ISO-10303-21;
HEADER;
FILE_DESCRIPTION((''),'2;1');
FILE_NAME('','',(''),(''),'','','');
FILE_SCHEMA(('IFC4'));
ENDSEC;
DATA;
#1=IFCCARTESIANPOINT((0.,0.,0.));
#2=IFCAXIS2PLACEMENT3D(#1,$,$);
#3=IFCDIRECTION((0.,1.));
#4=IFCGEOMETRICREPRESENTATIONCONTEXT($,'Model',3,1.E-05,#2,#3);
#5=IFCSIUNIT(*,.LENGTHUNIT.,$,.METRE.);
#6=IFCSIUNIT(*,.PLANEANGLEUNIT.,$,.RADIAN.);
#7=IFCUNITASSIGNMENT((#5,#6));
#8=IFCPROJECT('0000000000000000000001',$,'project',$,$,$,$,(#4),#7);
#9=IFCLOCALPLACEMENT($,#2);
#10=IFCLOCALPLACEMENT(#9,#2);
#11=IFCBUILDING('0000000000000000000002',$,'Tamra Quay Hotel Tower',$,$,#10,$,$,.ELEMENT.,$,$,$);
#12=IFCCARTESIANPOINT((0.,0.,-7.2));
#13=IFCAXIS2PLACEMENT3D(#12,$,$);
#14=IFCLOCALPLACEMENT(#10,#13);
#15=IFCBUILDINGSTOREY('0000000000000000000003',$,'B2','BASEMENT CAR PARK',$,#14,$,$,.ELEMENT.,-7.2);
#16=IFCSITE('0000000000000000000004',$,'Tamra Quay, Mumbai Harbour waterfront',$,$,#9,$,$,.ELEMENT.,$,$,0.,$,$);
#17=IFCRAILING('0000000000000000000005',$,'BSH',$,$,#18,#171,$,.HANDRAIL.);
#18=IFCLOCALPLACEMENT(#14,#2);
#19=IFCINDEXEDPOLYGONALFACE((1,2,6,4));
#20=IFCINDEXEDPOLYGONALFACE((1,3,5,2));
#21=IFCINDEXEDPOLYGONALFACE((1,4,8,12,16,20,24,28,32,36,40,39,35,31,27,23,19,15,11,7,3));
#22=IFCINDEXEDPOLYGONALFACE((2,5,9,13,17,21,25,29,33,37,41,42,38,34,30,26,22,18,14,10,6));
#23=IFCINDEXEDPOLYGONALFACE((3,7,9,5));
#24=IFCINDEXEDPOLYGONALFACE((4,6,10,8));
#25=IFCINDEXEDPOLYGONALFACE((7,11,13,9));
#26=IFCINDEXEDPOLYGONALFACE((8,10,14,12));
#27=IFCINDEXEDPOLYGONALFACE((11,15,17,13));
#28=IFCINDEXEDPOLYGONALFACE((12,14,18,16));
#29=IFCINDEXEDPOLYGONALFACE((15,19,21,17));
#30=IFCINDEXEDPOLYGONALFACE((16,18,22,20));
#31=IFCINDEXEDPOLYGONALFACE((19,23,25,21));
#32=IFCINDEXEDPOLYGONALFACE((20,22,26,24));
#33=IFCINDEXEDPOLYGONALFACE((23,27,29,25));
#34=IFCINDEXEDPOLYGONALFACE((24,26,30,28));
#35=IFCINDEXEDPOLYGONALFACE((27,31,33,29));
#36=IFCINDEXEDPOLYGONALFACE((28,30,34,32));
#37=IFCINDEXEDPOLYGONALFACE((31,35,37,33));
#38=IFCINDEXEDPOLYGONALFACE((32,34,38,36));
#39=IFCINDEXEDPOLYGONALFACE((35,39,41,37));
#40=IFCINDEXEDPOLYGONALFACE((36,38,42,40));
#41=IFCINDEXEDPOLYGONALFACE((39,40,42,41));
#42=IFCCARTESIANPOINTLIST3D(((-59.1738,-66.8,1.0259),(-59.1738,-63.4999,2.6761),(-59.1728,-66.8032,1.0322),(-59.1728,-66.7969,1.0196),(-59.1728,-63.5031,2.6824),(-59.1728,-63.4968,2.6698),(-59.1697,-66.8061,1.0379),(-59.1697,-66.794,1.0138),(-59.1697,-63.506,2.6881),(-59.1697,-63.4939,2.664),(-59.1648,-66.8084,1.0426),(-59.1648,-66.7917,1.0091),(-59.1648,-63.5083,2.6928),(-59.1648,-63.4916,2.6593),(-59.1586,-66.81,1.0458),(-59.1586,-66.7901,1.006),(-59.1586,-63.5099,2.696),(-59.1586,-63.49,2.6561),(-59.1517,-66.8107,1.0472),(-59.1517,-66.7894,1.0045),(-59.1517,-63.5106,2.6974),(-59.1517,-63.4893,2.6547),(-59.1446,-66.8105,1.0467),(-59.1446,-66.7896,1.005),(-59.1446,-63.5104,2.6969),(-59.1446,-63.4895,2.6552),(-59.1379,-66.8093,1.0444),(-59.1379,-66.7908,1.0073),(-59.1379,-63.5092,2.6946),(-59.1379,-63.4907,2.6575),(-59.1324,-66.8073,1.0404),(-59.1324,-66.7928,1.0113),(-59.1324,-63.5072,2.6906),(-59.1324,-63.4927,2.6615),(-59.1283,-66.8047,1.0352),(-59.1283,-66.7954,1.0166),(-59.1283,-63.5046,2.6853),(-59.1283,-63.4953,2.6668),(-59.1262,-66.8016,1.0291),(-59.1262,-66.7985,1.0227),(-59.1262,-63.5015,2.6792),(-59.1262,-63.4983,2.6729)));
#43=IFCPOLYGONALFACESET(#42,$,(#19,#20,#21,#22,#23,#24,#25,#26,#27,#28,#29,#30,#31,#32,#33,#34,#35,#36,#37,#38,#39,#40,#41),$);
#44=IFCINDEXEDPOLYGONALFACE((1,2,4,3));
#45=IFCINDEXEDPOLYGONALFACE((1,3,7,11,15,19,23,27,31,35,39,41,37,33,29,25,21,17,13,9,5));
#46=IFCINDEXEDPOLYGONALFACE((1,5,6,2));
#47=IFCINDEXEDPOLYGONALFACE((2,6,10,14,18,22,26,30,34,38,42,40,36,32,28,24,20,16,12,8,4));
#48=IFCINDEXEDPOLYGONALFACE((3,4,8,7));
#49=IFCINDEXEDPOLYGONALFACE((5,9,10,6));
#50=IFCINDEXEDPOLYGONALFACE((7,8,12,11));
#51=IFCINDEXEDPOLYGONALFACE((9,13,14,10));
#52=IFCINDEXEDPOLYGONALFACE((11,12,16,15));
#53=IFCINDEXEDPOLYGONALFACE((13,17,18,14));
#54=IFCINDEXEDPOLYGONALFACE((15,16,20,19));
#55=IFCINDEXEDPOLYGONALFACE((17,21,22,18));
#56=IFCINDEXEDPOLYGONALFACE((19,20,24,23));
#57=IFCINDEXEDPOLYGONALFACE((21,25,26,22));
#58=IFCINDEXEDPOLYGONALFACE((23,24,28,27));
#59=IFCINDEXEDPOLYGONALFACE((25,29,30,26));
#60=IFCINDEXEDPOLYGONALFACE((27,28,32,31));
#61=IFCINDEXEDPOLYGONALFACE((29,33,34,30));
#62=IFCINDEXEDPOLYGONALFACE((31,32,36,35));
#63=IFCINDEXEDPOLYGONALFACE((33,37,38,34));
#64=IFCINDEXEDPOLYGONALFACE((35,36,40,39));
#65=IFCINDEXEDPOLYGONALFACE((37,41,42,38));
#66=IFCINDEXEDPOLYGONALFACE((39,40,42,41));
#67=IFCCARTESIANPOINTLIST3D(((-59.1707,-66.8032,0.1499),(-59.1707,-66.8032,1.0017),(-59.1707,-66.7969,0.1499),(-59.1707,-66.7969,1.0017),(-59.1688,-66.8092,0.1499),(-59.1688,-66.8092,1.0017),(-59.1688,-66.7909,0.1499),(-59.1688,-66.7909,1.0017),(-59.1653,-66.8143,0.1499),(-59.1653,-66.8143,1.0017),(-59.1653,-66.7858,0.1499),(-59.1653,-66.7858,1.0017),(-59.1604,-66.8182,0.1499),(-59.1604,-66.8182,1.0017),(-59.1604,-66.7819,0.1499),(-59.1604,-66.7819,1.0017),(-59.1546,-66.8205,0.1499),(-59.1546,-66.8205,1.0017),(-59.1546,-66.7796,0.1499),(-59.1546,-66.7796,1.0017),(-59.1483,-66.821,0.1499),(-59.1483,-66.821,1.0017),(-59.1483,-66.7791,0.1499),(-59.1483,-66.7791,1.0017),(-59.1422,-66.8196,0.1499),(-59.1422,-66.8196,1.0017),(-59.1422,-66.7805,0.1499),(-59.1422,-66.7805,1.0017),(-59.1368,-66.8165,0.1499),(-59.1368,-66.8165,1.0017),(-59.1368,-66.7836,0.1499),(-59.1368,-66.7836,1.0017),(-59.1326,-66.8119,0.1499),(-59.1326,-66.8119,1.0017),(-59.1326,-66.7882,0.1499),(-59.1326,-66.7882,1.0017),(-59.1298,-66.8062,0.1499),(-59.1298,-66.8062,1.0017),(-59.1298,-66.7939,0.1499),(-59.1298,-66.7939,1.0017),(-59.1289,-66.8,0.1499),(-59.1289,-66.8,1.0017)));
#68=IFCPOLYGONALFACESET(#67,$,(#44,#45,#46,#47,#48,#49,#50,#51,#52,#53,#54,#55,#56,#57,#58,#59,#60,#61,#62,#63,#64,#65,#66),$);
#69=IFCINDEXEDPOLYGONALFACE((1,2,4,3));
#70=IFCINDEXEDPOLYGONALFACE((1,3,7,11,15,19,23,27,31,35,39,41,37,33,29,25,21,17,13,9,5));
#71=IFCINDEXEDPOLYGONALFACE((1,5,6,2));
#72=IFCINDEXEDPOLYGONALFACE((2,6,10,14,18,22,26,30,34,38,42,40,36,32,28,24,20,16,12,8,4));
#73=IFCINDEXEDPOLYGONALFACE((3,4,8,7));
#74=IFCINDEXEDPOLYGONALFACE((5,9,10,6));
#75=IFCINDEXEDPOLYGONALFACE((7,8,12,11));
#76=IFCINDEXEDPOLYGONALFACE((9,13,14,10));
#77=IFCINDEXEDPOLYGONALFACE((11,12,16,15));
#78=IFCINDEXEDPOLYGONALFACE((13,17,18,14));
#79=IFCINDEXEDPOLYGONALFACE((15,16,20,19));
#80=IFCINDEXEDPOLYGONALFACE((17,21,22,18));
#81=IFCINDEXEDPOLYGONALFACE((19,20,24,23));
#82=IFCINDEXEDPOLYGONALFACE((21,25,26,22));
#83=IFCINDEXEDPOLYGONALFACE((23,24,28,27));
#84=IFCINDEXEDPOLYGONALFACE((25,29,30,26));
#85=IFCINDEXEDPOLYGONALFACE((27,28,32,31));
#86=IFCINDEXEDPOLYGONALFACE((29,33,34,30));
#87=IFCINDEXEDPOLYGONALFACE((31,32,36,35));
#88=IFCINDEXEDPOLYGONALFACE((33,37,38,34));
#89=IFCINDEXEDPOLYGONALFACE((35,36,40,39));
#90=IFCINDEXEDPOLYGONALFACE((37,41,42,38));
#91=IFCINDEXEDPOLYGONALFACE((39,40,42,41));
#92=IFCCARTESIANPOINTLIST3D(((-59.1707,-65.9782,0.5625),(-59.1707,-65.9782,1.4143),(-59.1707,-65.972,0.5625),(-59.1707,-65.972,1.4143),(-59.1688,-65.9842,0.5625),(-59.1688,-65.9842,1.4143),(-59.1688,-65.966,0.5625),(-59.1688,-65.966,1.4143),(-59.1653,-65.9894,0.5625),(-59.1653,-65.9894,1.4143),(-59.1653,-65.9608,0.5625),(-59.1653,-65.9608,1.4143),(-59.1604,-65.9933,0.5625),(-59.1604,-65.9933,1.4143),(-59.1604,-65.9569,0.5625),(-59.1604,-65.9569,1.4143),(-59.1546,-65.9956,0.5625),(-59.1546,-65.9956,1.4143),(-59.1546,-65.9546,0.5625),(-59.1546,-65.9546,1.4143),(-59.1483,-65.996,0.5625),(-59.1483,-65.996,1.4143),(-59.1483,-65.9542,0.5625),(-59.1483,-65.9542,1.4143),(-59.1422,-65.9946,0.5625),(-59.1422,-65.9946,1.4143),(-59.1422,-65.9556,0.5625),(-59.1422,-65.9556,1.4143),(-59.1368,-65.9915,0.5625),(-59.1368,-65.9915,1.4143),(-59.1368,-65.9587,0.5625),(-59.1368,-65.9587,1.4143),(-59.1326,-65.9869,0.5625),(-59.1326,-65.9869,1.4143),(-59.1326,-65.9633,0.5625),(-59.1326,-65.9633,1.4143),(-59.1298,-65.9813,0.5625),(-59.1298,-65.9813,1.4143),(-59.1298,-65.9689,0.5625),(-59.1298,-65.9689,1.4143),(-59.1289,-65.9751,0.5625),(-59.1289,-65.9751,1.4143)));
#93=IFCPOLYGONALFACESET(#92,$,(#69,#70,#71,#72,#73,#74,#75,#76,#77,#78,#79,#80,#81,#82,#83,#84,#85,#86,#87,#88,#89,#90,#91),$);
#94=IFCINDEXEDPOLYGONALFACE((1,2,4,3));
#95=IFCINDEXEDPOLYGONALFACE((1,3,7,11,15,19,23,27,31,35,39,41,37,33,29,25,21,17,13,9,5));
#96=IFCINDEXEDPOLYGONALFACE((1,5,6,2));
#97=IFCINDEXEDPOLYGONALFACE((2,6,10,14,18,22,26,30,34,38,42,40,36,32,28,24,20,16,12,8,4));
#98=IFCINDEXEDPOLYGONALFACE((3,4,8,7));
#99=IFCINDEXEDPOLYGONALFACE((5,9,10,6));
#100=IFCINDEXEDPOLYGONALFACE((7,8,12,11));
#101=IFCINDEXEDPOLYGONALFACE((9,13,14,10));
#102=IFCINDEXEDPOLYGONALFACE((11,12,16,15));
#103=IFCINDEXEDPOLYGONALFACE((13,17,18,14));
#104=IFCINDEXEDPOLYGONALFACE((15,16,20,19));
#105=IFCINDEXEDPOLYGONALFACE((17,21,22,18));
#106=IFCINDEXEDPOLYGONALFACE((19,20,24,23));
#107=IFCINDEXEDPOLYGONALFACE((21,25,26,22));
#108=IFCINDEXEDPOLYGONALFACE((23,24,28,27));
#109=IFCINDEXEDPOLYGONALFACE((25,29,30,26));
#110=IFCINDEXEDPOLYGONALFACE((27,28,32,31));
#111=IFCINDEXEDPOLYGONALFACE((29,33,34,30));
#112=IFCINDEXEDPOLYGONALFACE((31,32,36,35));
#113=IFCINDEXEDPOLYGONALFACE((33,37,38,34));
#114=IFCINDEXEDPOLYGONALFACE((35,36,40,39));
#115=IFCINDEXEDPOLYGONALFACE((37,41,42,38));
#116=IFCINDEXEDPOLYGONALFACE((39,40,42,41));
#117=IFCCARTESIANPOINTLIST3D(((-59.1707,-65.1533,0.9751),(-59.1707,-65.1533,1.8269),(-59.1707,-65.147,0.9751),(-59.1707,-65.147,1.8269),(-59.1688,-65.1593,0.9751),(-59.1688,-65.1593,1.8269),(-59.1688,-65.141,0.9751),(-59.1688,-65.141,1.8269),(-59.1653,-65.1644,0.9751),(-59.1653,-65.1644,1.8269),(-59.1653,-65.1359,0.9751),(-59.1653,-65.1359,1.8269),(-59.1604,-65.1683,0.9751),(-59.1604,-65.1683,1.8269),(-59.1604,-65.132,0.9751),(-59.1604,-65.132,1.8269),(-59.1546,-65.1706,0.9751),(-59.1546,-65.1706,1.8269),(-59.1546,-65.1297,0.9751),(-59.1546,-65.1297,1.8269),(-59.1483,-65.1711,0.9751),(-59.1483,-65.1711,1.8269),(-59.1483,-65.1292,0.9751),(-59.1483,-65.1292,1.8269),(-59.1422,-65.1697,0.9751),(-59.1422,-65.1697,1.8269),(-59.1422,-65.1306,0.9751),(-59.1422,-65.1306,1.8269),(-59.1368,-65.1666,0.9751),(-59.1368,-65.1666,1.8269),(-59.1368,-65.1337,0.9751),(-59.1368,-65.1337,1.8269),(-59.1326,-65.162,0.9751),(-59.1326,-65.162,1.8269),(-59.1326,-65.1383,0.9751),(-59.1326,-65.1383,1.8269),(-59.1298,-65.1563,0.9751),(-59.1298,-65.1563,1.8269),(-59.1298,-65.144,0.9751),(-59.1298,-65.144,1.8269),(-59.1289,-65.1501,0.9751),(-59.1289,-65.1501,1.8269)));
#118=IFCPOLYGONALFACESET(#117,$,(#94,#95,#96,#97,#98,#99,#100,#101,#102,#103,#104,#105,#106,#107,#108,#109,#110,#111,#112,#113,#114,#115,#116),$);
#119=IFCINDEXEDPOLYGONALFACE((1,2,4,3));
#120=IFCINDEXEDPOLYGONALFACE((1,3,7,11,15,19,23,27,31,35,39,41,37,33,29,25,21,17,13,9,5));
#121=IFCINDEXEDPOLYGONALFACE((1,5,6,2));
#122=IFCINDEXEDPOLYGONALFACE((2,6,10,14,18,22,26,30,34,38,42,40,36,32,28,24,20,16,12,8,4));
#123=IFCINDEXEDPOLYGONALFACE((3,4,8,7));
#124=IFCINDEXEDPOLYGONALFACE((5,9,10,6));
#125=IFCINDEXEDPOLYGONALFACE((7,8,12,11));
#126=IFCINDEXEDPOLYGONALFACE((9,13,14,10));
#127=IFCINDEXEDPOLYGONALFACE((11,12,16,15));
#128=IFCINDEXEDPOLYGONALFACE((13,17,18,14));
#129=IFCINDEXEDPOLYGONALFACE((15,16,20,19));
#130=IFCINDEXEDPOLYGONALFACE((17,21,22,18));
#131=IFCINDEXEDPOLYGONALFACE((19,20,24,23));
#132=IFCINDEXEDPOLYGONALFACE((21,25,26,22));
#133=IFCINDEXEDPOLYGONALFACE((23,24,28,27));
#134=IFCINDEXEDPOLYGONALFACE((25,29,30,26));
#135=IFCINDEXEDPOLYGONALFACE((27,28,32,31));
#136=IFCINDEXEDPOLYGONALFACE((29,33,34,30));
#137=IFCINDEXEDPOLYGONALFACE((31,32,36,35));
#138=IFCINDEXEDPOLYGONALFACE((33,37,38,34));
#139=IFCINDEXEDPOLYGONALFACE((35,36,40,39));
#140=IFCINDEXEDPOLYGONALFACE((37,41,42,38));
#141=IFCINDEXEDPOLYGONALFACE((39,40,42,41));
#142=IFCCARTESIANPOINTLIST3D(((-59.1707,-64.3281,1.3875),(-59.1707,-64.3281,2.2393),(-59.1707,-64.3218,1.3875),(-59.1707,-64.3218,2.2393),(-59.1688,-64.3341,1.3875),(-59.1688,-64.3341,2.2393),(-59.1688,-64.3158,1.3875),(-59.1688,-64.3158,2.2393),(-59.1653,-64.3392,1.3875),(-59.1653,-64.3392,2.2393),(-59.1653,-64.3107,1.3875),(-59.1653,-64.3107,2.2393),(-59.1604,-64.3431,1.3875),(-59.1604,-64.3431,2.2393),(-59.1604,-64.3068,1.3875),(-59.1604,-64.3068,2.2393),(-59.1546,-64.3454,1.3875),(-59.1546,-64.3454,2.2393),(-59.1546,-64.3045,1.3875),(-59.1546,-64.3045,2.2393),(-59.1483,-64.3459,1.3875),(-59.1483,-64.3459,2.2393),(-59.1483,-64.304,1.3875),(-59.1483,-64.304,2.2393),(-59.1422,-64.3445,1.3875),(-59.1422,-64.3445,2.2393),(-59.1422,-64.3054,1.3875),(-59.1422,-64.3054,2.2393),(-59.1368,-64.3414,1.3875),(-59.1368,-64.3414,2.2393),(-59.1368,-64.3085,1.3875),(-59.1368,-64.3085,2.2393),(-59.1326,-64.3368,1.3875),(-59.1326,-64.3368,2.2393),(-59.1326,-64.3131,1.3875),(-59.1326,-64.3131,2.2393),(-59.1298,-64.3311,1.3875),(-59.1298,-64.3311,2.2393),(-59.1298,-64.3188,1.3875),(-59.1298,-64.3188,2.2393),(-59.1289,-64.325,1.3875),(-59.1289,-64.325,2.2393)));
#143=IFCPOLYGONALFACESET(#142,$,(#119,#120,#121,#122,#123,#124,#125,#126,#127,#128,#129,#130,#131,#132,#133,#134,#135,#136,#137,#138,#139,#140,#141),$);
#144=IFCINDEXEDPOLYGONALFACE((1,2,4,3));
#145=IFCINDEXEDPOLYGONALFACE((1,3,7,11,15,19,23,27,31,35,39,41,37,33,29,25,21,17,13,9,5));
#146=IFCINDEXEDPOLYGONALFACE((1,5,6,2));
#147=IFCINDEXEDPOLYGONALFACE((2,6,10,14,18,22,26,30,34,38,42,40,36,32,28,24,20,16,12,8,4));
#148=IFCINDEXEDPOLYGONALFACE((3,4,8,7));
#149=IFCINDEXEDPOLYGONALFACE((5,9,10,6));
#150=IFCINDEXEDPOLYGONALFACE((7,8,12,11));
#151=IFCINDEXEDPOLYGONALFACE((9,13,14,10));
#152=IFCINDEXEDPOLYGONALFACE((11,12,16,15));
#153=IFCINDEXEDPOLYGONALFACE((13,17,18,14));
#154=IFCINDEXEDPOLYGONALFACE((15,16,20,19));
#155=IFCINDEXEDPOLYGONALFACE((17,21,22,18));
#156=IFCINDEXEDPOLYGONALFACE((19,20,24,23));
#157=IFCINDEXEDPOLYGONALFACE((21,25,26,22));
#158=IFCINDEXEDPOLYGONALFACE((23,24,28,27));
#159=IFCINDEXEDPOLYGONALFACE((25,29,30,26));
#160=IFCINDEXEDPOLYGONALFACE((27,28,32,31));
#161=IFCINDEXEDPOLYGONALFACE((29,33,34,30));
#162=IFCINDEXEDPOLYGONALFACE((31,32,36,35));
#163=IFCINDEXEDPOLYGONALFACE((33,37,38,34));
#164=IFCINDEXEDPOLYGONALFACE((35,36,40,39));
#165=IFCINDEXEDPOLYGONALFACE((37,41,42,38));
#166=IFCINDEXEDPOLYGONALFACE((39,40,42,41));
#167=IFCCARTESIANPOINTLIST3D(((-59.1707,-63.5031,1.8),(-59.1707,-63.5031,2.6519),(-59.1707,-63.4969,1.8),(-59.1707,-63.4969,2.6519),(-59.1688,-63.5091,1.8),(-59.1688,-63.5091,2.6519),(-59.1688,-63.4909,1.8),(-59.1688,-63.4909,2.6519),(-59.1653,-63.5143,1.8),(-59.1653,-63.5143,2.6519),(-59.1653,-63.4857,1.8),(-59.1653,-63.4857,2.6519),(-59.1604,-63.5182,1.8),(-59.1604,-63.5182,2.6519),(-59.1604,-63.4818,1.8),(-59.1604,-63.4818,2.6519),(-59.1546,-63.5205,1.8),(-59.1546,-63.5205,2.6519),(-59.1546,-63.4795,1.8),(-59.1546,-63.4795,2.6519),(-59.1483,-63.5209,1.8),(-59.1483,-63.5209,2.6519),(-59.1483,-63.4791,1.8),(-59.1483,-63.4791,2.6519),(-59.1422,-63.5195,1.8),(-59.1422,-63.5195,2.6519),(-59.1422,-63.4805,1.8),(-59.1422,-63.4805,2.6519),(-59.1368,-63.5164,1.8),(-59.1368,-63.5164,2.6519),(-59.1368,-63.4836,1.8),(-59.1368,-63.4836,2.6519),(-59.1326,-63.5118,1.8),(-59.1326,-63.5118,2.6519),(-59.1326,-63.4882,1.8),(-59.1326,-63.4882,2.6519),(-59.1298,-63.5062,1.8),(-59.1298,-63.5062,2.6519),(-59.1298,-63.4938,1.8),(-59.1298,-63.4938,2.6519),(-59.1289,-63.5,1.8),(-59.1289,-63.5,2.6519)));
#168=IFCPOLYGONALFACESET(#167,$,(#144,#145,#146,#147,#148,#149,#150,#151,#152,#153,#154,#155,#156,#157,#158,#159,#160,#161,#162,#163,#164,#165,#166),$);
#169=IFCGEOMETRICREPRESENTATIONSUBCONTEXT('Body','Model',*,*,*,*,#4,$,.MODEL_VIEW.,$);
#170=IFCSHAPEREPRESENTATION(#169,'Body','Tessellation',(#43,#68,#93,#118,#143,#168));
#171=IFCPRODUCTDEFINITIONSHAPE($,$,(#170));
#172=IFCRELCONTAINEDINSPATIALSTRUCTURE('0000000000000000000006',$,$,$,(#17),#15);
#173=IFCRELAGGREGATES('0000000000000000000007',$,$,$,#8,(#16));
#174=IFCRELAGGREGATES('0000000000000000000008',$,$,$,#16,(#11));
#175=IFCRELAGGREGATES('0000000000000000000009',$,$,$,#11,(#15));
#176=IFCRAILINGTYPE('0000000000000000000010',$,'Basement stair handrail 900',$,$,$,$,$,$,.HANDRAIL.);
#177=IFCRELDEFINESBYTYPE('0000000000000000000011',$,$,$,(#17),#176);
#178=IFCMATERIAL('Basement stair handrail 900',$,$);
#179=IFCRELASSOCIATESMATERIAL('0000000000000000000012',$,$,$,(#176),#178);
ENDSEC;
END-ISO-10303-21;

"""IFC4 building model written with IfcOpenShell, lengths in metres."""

from ifc_helpers import new_model, si_unit, direction, frame, origin, origin_2d, place, context, subcontext, project, spatial, circle, extrude, material, type_object, element, save


model = new_model("IFC4")

# Units and contexts
model_context = context("Model", 3, precision=1e-05, world=origin(), true_north=direction((0.0, 1.0)))
body_context = subcontext(model_context, "Body", "Model", "MODEL_VIEW")
ifc_project = project(units=[si_unit("LENGTHUNIT", "METRE"), si_unit("PLANEANGLEUNIT", "RADIAN")], contexts=[model_context])

# Site, building, storey
site_placement = place(None, origin())
site = spatial("IfcSite", under=ifc_project, at=site_placement, Name="Tamra Quay, Mumbai Harbour waterfront", CompositionType="ELEMENT", RefElevation=0.0)
building_placement = place(site_placement, origin())
building = spatial("IfcBuilding", under=site, at=building_placement, Name="Tamra Quay Hotel Tower", CompositionType="ELEMENT")
storey_placement = place(building_placement, frame((0.0, 0.0, -7.2)))
storey = spatial("IfcBuildingStorey", under=building, at=storey_placement, Name="B2", Description="BASEMENT CAR PARK", CompositionType="ELEMENT", Elevation=-7.2)

# Railing
ifc_material_1 = material(Name="Basement stair handrail 900")
railing_type_1 = type_object("IfcRailingType", Name="Basement stair handrail 900", PredefinedType="HANDRAIL", material=ifc_material_1)
railing_1_placement = place(storey_placement, frame((-59.1499, -66.8, 0.1499)))
element("IfcRailing", 1, at=railing_1_placement, inside=storey, type_object=railing_type_1, Name="BSH", PredefinedType="HANDRAIL", context=body_context, shape_type="SweptSolid", body=[
    extrude(circle(Radius=0.0239, at=origin_2d()), frame((0.0, 0.0, 0.876), z_axis=(0.0, 0.894414, 0.44724), x_axis=(-1.0, 0.0, 0.0)), (0.0, 0.0, 1.0), 3.6897),
    extrude(circle(Radius=0.021, at=origin_2d()), origin(), (0.0, 0.0, 1.0), 0.8518),
    extrude(circle(Radius=0.021, at=origin_2d()), frame((0.0, 0.825, 0.4126)), (0.0, 0.0, 1.0), 0.8518),
    extrude(circle(Radius=0.021, at=origin_2d()), frame((0.0, 1.6499, 0.8252)), (0.0, 0.0, 1.0), 0.8518),
    extrude(circle(Radius=0.021, at=origin_2d()), frame((0.0, 2.4751, 1.2375)), (0.0, 0.0, 1.0), 0.8518),
    extrude(circle(Radius=0.021, at=origin_2d()), frame((0.0, 3.3, 1.6501)), (0.0, 0.0, 1.0), 0.8518),
])

save(model, "model.ifc")
